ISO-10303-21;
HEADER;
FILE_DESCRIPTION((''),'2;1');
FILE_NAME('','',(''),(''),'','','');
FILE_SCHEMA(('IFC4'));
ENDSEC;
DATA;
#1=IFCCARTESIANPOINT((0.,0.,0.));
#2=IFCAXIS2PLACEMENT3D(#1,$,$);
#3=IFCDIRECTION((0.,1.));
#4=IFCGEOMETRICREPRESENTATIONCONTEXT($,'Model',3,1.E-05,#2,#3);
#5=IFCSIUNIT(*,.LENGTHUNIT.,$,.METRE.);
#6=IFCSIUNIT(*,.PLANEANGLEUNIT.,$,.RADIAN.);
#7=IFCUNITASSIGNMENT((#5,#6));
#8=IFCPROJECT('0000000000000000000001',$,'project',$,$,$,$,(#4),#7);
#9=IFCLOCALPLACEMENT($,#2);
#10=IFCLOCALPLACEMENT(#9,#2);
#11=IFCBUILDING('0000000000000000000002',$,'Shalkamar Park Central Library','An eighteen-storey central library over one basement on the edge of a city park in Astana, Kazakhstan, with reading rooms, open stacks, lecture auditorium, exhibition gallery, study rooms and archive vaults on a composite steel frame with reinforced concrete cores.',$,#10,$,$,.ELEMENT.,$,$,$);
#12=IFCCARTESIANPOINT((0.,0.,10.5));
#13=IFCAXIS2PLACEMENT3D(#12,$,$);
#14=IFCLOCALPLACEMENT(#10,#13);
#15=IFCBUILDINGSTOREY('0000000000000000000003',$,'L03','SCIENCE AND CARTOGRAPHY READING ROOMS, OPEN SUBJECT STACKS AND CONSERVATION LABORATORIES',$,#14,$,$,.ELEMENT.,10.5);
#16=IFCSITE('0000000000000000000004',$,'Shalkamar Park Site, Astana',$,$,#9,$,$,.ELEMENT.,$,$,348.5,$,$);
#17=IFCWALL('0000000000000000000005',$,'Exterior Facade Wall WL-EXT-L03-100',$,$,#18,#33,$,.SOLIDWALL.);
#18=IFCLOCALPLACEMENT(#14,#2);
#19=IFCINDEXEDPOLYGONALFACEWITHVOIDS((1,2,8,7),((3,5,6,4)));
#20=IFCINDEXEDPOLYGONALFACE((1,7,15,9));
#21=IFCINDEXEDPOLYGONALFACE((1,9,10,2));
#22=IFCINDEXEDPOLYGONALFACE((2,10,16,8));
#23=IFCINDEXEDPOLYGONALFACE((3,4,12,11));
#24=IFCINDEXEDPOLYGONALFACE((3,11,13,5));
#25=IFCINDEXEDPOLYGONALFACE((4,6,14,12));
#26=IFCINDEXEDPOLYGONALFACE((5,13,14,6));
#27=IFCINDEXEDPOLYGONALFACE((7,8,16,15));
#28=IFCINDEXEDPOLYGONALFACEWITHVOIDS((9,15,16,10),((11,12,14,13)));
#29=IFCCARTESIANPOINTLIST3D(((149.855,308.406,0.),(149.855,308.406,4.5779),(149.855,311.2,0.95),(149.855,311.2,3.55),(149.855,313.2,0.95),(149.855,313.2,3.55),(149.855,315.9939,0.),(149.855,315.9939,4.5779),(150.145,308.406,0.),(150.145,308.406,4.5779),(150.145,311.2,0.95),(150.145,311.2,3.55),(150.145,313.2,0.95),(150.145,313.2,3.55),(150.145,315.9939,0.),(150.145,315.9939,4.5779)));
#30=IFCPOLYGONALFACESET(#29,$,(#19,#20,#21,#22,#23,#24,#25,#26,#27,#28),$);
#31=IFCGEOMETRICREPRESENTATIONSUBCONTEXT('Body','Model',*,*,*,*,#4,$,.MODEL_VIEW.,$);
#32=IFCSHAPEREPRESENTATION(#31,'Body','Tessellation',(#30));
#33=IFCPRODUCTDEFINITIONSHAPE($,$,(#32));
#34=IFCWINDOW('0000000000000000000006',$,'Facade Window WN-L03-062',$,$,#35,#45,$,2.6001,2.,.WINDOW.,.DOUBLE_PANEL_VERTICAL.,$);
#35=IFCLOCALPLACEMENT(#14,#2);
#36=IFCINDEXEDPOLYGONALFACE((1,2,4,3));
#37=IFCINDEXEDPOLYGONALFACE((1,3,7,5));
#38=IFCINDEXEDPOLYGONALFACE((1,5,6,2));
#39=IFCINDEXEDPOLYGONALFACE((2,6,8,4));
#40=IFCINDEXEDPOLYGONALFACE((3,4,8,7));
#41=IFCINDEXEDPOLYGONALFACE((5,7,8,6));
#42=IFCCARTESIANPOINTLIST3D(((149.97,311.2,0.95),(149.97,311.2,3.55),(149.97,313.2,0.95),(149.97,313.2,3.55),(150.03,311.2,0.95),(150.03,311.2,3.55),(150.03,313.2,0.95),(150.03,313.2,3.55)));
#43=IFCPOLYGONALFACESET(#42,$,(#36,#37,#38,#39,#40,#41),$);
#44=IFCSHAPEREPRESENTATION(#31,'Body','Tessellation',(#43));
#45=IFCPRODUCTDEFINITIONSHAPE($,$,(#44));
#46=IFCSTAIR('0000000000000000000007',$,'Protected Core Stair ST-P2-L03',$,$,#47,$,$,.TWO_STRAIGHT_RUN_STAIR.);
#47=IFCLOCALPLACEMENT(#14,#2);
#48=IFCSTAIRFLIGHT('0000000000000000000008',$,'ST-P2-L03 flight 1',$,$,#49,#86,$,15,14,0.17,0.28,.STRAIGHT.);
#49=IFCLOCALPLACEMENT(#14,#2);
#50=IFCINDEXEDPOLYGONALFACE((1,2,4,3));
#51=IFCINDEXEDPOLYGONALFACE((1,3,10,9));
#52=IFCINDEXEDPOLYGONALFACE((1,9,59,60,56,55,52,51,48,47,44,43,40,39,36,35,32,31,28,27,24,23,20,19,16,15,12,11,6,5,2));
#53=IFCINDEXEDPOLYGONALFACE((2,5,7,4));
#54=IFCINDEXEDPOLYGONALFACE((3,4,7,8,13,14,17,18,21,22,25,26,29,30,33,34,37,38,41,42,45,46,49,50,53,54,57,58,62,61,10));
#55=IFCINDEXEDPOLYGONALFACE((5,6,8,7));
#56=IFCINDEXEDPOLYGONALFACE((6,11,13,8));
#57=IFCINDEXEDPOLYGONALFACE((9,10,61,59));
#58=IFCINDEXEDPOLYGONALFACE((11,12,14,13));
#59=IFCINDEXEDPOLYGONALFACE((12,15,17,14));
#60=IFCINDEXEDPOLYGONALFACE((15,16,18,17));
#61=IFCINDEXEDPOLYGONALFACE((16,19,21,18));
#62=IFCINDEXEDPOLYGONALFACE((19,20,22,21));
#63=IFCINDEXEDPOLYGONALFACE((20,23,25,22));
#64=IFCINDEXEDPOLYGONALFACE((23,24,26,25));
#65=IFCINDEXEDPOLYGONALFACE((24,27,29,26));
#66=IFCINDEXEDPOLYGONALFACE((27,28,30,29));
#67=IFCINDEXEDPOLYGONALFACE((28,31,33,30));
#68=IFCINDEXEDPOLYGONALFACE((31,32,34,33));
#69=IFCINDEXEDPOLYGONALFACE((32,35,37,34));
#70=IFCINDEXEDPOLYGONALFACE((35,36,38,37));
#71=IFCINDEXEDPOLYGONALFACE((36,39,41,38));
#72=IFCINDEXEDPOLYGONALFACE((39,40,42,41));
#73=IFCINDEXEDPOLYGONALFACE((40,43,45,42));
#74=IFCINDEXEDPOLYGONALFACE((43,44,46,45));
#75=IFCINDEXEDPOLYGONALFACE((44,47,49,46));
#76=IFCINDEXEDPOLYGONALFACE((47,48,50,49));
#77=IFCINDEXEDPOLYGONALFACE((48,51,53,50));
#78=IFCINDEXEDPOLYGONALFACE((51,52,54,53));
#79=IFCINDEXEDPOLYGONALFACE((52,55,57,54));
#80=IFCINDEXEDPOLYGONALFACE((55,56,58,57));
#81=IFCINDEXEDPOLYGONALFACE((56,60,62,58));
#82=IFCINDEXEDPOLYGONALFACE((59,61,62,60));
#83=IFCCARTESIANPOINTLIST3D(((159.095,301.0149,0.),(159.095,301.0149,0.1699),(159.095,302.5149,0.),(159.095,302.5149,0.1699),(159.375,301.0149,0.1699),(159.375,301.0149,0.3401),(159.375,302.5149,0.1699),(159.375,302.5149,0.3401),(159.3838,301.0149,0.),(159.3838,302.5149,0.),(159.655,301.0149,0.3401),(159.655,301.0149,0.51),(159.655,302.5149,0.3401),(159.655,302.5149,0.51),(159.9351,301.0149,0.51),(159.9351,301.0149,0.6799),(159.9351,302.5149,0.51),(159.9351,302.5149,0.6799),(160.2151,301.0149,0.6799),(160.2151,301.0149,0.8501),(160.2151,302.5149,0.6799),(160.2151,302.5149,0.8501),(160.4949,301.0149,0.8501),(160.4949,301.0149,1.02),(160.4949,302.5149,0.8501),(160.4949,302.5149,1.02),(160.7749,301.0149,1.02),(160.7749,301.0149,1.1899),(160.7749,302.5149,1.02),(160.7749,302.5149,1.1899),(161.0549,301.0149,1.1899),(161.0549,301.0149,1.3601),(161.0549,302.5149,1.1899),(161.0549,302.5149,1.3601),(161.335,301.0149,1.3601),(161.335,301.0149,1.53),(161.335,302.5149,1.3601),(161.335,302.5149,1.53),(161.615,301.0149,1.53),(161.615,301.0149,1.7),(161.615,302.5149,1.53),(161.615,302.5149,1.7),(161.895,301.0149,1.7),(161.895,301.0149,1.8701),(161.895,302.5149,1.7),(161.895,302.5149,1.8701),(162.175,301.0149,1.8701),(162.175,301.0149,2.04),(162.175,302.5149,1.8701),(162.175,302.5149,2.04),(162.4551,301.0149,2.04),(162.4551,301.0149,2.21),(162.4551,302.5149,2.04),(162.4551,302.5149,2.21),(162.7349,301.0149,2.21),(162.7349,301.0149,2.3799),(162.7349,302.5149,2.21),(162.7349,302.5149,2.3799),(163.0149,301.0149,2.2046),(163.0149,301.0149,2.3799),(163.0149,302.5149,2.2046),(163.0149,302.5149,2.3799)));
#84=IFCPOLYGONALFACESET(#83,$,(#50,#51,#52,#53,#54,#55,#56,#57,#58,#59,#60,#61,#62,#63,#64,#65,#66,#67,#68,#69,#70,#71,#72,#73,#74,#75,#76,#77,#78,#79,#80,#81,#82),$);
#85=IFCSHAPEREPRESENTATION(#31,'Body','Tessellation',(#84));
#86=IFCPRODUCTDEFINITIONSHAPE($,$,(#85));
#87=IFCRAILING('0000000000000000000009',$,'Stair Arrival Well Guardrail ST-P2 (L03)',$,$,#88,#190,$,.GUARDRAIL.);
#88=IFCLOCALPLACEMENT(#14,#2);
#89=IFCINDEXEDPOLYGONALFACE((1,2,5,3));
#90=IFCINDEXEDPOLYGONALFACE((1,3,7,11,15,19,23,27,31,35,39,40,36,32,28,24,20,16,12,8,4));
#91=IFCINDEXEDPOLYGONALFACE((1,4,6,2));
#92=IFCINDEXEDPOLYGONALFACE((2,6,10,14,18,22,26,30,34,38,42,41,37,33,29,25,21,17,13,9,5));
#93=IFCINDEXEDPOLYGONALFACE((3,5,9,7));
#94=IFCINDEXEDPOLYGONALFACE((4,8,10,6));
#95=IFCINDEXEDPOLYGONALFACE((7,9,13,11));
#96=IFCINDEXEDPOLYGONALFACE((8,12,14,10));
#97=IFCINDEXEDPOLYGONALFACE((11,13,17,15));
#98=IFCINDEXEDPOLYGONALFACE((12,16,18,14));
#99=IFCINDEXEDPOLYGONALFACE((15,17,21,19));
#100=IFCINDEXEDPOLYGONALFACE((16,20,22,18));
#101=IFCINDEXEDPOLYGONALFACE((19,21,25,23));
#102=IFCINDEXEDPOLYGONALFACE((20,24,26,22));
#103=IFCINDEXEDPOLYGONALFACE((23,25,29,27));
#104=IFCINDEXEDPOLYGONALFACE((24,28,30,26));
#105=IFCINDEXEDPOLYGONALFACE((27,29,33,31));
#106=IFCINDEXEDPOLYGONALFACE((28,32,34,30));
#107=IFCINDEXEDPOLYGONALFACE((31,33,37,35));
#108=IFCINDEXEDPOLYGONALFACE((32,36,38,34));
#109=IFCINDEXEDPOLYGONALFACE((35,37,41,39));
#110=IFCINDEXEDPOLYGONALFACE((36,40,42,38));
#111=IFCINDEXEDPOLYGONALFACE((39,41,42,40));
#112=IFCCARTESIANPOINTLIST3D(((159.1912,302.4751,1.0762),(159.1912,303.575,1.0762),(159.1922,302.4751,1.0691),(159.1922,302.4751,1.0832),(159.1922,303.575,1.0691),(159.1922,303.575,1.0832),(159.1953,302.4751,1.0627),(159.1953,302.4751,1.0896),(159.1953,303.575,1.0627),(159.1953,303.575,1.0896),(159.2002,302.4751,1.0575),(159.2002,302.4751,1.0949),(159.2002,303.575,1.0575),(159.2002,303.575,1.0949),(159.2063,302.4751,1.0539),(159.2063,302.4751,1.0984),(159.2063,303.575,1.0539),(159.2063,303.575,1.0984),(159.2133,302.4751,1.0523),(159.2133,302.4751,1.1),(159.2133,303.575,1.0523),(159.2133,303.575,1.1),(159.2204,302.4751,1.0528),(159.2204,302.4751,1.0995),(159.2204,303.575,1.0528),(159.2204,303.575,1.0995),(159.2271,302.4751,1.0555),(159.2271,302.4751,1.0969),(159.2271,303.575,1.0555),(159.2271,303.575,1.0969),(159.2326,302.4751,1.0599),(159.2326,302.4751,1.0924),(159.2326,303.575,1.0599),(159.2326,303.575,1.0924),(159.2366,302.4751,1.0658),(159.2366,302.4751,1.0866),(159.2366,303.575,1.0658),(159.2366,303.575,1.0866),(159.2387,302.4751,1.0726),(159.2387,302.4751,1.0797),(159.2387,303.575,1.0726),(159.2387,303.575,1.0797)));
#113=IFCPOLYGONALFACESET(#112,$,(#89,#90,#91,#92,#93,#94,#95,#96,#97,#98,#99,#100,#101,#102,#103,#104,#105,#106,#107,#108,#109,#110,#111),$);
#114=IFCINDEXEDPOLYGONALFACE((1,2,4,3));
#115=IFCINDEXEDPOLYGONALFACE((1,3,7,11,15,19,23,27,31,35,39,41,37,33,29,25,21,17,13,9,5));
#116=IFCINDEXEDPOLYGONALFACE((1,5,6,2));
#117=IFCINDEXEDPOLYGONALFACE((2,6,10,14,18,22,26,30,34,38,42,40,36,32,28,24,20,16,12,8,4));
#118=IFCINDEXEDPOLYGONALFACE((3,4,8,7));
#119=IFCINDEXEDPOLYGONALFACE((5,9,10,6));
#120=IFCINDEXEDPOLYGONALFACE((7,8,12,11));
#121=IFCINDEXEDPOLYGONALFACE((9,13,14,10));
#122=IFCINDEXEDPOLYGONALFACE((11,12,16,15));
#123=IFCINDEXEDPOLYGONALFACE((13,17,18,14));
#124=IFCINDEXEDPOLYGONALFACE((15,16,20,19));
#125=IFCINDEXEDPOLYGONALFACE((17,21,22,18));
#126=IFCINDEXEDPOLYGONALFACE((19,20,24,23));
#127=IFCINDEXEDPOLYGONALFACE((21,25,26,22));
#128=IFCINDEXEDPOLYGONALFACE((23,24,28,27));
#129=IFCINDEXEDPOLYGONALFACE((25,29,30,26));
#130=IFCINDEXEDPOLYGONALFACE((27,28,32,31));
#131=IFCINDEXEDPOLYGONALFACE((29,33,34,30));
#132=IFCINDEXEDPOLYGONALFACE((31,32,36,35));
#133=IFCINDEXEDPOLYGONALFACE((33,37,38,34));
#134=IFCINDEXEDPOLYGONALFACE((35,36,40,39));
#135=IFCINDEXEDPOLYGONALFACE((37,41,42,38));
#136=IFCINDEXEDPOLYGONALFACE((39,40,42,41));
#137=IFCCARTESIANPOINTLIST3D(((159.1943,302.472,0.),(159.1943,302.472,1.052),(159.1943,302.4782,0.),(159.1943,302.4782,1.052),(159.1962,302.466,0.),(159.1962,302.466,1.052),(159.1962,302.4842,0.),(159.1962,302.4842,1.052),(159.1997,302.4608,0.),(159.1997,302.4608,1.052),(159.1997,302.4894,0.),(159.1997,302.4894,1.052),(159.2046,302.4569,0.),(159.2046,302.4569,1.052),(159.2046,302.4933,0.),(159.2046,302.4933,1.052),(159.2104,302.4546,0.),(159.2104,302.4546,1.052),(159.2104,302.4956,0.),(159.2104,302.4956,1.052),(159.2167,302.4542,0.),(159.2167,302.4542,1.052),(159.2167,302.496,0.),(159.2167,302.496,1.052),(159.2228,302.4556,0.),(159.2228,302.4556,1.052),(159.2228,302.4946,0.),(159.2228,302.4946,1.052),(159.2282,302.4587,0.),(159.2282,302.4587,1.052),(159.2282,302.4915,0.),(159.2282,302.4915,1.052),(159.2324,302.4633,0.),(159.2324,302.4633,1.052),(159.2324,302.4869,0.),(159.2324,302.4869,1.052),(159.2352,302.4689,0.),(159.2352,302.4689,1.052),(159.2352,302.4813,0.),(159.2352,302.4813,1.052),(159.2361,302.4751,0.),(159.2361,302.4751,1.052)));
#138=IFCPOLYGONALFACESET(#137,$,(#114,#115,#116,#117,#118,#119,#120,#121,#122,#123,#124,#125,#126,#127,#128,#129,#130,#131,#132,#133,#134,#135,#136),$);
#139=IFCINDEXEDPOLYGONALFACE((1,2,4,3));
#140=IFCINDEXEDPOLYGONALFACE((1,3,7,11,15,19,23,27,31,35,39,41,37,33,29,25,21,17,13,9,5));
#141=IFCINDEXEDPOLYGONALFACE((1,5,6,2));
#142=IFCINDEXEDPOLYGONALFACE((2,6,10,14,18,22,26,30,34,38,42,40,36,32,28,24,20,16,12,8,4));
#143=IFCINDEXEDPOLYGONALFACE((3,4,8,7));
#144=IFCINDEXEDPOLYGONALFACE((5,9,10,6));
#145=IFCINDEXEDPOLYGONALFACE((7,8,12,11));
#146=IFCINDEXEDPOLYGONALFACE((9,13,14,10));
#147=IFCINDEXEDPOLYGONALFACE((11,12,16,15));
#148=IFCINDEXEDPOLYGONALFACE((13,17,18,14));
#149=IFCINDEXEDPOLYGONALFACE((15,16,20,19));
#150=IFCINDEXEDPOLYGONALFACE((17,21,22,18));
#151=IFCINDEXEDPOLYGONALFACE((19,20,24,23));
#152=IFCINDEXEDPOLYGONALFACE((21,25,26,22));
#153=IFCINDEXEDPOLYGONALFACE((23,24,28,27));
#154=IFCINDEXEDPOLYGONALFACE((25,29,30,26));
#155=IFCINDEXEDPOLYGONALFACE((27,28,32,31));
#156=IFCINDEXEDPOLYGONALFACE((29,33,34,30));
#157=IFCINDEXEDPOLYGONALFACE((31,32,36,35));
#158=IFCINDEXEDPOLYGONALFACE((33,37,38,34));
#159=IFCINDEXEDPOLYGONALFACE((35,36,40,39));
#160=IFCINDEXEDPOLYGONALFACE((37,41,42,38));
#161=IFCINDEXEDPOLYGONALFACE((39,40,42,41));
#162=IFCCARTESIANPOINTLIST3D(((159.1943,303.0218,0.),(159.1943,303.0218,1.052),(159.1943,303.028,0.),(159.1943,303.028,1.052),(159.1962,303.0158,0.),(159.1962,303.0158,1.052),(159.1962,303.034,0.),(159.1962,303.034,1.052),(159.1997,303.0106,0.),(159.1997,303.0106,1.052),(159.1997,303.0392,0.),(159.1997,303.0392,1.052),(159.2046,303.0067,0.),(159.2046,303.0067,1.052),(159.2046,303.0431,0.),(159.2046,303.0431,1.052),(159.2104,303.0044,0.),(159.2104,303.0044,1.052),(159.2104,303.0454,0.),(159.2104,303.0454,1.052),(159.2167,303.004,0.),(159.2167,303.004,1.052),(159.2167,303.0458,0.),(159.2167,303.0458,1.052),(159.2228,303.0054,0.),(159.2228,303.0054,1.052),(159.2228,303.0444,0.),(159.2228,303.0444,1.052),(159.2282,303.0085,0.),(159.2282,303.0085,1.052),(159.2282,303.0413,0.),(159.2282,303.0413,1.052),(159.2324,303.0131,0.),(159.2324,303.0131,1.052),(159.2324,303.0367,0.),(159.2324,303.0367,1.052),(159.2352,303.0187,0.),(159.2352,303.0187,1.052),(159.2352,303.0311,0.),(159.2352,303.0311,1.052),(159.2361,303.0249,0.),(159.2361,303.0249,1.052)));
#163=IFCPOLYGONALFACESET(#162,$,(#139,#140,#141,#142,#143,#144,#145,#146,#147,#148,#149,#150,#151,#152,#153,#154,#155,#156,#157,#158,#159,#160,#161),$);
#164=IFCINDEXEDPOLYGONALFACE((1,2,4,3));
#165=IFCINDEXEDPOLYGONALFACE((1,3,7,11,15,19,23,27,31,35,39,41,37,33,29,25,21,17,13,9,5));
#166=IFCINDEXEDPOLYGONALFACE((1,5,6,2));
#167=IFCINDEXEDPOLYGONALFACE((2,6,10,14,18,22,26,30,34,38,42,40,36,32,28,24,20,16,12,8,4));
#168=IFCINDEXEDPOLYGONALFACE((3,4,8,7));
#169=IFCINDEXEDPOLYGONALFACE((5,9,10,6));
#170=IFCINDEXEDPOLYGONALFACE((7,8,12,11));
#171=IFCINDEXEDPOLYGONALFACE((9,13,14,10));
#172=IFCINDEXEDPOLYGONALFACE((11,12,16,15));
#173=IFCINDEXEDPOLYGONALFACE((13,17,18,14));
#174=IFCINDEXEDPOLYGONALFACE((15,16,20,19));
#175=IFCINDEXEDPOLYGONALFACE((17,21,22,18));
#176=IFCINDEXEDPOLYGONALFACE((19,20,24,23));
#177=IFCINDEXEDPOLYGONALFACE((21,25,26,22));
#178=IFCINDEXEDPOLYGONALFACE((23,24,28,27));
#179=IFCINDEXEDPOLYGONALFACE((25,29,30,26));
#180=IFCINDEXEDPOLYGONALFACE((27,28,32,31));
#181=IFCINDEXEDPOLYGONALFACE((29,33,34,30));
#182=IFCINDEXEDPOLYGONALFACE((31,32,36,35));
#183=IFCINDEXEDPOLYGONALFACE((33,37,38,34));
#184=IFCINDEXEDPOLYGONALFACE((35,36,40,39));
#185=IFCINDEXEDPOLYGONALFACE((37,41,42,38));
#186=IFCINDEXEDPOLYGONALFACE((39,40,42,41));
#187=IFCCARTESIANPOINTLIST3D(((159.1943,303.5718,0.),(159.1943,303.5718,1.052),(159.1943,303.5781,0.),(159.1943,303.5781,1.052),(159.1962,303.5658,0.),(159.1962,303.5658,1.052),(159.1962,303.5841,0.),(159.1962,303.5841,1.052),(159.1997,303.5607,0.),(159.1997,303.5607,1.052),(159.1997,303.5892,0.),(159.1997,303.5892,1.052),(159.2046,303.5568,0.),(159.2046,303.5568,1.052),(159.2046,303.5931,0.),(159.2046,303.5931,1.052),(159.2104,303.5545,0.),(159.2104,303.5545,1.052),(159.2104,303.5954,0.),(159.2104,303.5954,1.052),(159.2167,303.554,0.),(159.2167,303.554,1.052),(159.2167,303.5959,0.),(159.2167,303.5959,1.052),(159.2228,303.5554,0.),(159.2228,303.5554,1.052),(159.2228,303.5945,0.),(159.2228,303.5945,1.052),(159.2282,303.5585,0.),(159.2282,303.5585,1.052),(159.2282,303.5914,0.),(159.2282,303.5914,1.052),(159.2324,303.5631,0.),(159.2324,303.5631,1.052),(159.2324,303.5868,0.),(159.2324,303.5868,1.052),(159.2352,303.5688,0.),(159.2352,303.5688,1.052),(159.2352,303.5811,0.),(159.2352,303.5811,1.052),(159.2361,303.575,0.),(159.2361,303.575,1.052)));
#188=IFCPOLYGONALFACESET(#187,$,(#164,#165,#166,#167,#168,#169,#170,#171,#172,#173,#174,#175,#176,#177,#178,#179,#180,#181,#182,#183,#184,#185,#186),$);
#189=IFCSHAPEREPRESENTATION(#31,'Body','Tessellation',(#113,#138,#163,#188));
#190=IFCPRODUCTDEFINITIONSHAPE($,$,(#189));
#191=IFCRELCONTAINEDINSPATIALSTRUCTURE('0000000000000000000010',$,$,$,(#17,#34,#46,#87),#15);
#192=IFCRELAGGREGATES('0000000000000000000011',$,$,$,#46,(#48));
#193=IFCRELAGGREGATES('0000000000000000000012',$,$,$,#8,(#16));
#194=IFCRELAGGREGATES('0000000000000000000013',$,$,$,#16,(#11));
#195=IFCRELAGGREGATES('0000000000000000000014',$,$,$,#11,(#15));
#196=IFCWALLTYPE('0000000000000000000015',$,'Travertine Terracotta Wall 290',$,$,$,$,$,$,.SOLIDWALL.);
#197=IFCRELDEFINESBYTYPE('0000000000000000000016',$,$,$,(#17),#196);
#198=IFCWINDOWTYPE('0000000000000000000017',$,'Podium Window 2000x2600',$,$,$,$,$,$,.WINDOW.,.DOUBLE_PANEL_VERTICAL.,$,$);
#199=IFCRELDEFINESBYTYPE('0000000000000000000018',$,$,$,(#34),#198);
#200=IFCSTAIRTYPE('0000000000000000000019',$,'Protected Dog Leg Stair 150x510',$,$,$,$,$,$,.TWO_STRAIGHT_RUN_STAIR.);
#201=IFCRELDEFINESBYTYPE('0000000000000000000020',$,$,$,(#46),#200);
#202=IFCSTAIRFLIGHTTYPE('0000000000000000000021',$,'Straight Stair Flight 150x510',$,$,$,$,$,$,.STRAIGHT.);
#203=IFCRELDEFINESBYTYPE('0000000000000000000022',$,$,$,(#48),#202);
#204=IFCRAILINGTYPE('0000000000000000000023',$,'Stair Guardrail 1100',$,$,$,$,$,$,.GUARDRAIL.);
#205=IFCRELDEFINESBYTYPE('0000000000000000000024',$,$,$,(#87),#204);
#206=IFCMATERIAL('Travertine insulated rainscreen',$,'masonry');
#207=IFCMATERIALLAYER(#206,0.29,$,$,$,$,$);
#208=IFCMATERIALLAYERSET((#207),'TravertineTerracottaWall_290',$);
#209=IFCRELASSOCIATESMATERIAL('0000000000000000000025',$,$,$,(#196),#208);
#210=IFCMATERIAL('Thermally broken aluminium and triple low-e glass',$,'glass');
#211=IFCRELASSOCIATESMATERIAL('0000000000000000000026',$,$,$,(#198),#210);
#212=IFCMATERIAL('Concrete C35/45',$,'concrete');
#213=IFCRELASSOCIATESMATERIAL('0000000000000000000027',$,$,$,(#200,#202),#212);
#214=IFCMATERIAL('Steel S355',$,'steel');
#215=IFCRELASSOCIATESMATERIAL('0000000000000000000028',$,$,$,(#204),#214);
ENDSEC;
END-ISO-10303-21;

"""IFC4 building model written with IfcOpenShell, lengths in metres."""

from ifc_helpers import new_model, si_unit, direction, frame, frame_2d, origin, origin_2d, place, context, subcontext, project, spatial, polyline, rectangle, circle, outline, extrude, material, layer, layer_set, type_object, element, fill, aggregate, save


model = new_model("IFC4")

# Units and contexts
model_context = context("Model", 3, precision=1e-05, world=origin(), true_north=direction((0.0, 1.0)))
body_context = subcontext(model_context, "Body", "Model", "MODEL_VIEW")
ifc_project = project(units=[si_unit("LENGTHUNIT", "METRE"), si_unit("PLANEANGLEUNIT", "RADIAN")], contexts=[model_context])

# Site, building, storey
site_placement = place(None, origin())
site = spatial("IfcSite", under=ifc_project, at=site_placement, Name="Shalkamar Park Site, Astana", CompositionType="ELEMENT", RefElevation=348.5)
building_placement = place(site_placement, origin())
building = spatial("IfcBuilding", under=site, at=building_placement, Name="Shalkamar Park Central Library", Description="An eighteen-storey central library over one basement on the edge of a city park in Astana, Kazakhstan, with reading rooms, open stacks, lecture auditorium, exhibition gallery, study rooms and archive vaults on a composite steel frame with reinforced concrete cores.", CompositionType="ELEMENT")
storey_placement = place(building_placement, frame((0.0, 0.0, 10.5)))
storey = spatial("IfcBuildingStorey", under=building, at=storey_placement, Name="L03", Description="SCIENCE AND CARTOGRAPHY READING ROOMS, OPEN SUBJECT STACKS AND CONSERVATION LABORATORIES", CompositionType="ELEMENT", Elevation=10.5)

# Shared definitions
ifc_material_1 = material(Name="Steel S355", Category="steel")

# Wall, opening, window
ifc_material_2 = material(Name="Travertine insulated rainscreen", Category="masonry")
ifc_layer_1 = layer(ifc_material_2, 0.29)
ifc_layer_set_1 = layer_set([ifc_layer_1], Name="TravertineTerracottaWall_290")
wall_type_1 = type_object("IfcWallType", Name="Travertine Terracotta Wall 290", PredefinedType="SOLIDWALL", material=ifc_layer_set_1)
wall_1_placement = place(storey_placement, frame((150.0, 308.406, 0.0), z_axis=(0.0, 0.0, 1.0), x_axis=(0.0, 1.0, 0.0)))
wall_1 = element("IfcWall", 1, at=wall_1_placement, inside=storey, type_object=wall_type_1, Name="Exterior Facade Wall WL-EXT-L03-100", PredefinedType="SOLIDWALL", context=body_context, shape_type="SweptSolid", body=[
    extrude(rectangle(XDim=7.5879, YDim=0.29, at=frame_2d((3.7939, 0.0))), origin(), (0.0, 0.0, 1.0), 4.5779),
])
opening_1_placement = place(wall_1_placement, frame((2.7939, 0.0, 0.95)))
opening_1 = element("IfcOpeningElement", 2, at=opening_1_placement, cuts=wall_1, PredefinedType="OPENING", context=body_context, shape_type="SweptSolid", body=[
    extrude(rectangle(XDim=2.0, YDim=2.6001, at=frame_2d((1.0, 1.3))), frame((0.0, 0.1599, 0.0), z_axis=(0.0, -1.0, 0.0), x_axis=(1.0, 0.0, 0.0)), (0.0, 0.0, 1.0), 0.3198),
])
ifc_material_3 = material(Name="Thermally broken aluminium and triple low-e glass", Category="glass")
window_type = type_object("IfcWindowType", Name="Podium Window 2000x2600", PartitioningType="DOUBLE_PANEL_VERTICAL", PredefinedType="WINDOW", material=ifc_material_3)
window_placement = place(opening_1_placement, origin())
window = element("IfcWindow", 3, at=window_placement, inside=storey, type_object=window_type, Name="Facade Window WN-L03-062", OverallHeight=2.6001, OverallWidth=2.0, PartitioningType="DOUBLE_PANEL_VERTICAL", PredefinedType="WINDOW", context=body_context, shape_type="SweptSolid", body=[
    extrude(rectangle(XDim=2.0, YDim=2.6001, at=frame_2d((1.0, 1.3))), frame((0.0, 0.03, 0.0), z_axis=(0.0, -1.0, 0.0), x_axis=(1.0, 0.0, 0.0)), (0.0, 0.0, 1.0), 0.0601),
])
fill(opening_1, window)

# Stair, stair flight
ifc_material_4 = material(Name="Concrete C35/45", Category="concrete")
stair_type = type_object("IfcStairType", Name="Protected Dog Leg Stair 150x510", PredefinedType="TWO_STRAIGHT_RUN_STAIR", material=ifc_material_4)
stair_placement = place(storey_placement, origin())
stair = element("IfcStair", 4, at=stair_placement, inside=storey, type_object=stair_type, Name="Protected Core Stair ST-P2-L03", PredefinedType="TWO_STRAIGHT_RUN_STAIR")
stair_flight_type = type_object("IfcStairFlightType", Name="Straight Stair Flight 150x510", PredefinedType="STRAIGHT", material=ifc_material_4)
stair_flight_placement = place(storey_placement, frame((159.095, 301.7649, 0.0), z_axis=(0.0, 0.0, 1.0), x_axis=(1.0, 0.0, 0.0)))
stair_flight = element("IfcStairFlight", 5, at=stair_flight_placement, type_object=stair_flight_type, Name="ST-P2-L03 flight 1", NumberOfRisers=15, NumberOfTreads=14, PredefinedType="STRAIGHT", RiserHeight=0.17, TreadLength=0.28, context=body_context, shape_type="SweptSolid", body=[
    extrude(outline(polyline([(0.0, 0.0), (0.0, 0.1699), (0.28, 0.1699), (0.28, 0.3401), (0.5601, 0.3401), (0.5601, 0.51), (0.8401, 0.51), (0.8401, 0.6799), (1.1201, 0.6799), (1.1201, 0.8501), (1.3999, 0.8501), (1.3999, 1.02), (1.6799, 1.02), (1.6799, 1.1899), (1.96, 1.1899), (1.96, 1.3601), (2.24, 1.3601), (2.24, 1.53), (2.52, 1.53), (2.52, 1.7), (2.8, 1.7), (2.8, 1.8701), (3.0801, 1.8701), (3.0801, 2.04), (3.3601, 2.04), (3.3601, 2.21), (3.6399, 2.21), (3.6399, 2.3799), (3.9199, 2.3799), (3.9199, 2.55), (3.9199, 2.2046), (0.2888, 0.0), (0.0, 0.0)])), frame((0.0, 0.75, 0.0), z_axis=(0.0, -1.0, 0.0), x_axis=(1.0, 0.0, 0.0)), (0.0, 0.0, 1.0), 1.5),
])
aggregate(stair, [stair_flight])

# Railing
railing_type = type_object("IfcRailingType", Name="Stair Guardrail 1100", PredefinedType="GUARDRAIL", material=ifc_material_1)
railing_1_placement = place(storey_placement, frame((159.2151, 302.4751, 0.0)))
element("IfcRailing", 6, at=railing_1_placement, inside=storey, type_object=railing_type, Name="Stair Arrival Well Guardrail ST-P2 (L03)", PredefinedType="GUARDRAIL", context=body_context, shape_type="SweptSolid", body=[
    extrude(circle(Radius=0.0239, at=origin_2d()), frame((0.0, 0.0, 1.0762), z_axis=(0.0, 1.0, 0.0), x_axis=(-1.0, 0.0, 0.0)), (0.0, 0.0, 1.0), 1.0999),
    extrude(circle(Radius=0.021, at=origin_2d()), origin(), (0.0, 0.0, 1.0), 1.052),
    extrude(circle(Radius=0.021, at=origin_2d()), frame((0.0, 0.5498, 0.0)), (0.0, 0.0, 1.0), 1.052),
    extrude(circle(Radius=0.021, at=origin_2d()), frame((0.0, 1.0999, 0.0)), (0.0, 0.0, 1.0), 1.052),
])

save(model, "model.ifc")
